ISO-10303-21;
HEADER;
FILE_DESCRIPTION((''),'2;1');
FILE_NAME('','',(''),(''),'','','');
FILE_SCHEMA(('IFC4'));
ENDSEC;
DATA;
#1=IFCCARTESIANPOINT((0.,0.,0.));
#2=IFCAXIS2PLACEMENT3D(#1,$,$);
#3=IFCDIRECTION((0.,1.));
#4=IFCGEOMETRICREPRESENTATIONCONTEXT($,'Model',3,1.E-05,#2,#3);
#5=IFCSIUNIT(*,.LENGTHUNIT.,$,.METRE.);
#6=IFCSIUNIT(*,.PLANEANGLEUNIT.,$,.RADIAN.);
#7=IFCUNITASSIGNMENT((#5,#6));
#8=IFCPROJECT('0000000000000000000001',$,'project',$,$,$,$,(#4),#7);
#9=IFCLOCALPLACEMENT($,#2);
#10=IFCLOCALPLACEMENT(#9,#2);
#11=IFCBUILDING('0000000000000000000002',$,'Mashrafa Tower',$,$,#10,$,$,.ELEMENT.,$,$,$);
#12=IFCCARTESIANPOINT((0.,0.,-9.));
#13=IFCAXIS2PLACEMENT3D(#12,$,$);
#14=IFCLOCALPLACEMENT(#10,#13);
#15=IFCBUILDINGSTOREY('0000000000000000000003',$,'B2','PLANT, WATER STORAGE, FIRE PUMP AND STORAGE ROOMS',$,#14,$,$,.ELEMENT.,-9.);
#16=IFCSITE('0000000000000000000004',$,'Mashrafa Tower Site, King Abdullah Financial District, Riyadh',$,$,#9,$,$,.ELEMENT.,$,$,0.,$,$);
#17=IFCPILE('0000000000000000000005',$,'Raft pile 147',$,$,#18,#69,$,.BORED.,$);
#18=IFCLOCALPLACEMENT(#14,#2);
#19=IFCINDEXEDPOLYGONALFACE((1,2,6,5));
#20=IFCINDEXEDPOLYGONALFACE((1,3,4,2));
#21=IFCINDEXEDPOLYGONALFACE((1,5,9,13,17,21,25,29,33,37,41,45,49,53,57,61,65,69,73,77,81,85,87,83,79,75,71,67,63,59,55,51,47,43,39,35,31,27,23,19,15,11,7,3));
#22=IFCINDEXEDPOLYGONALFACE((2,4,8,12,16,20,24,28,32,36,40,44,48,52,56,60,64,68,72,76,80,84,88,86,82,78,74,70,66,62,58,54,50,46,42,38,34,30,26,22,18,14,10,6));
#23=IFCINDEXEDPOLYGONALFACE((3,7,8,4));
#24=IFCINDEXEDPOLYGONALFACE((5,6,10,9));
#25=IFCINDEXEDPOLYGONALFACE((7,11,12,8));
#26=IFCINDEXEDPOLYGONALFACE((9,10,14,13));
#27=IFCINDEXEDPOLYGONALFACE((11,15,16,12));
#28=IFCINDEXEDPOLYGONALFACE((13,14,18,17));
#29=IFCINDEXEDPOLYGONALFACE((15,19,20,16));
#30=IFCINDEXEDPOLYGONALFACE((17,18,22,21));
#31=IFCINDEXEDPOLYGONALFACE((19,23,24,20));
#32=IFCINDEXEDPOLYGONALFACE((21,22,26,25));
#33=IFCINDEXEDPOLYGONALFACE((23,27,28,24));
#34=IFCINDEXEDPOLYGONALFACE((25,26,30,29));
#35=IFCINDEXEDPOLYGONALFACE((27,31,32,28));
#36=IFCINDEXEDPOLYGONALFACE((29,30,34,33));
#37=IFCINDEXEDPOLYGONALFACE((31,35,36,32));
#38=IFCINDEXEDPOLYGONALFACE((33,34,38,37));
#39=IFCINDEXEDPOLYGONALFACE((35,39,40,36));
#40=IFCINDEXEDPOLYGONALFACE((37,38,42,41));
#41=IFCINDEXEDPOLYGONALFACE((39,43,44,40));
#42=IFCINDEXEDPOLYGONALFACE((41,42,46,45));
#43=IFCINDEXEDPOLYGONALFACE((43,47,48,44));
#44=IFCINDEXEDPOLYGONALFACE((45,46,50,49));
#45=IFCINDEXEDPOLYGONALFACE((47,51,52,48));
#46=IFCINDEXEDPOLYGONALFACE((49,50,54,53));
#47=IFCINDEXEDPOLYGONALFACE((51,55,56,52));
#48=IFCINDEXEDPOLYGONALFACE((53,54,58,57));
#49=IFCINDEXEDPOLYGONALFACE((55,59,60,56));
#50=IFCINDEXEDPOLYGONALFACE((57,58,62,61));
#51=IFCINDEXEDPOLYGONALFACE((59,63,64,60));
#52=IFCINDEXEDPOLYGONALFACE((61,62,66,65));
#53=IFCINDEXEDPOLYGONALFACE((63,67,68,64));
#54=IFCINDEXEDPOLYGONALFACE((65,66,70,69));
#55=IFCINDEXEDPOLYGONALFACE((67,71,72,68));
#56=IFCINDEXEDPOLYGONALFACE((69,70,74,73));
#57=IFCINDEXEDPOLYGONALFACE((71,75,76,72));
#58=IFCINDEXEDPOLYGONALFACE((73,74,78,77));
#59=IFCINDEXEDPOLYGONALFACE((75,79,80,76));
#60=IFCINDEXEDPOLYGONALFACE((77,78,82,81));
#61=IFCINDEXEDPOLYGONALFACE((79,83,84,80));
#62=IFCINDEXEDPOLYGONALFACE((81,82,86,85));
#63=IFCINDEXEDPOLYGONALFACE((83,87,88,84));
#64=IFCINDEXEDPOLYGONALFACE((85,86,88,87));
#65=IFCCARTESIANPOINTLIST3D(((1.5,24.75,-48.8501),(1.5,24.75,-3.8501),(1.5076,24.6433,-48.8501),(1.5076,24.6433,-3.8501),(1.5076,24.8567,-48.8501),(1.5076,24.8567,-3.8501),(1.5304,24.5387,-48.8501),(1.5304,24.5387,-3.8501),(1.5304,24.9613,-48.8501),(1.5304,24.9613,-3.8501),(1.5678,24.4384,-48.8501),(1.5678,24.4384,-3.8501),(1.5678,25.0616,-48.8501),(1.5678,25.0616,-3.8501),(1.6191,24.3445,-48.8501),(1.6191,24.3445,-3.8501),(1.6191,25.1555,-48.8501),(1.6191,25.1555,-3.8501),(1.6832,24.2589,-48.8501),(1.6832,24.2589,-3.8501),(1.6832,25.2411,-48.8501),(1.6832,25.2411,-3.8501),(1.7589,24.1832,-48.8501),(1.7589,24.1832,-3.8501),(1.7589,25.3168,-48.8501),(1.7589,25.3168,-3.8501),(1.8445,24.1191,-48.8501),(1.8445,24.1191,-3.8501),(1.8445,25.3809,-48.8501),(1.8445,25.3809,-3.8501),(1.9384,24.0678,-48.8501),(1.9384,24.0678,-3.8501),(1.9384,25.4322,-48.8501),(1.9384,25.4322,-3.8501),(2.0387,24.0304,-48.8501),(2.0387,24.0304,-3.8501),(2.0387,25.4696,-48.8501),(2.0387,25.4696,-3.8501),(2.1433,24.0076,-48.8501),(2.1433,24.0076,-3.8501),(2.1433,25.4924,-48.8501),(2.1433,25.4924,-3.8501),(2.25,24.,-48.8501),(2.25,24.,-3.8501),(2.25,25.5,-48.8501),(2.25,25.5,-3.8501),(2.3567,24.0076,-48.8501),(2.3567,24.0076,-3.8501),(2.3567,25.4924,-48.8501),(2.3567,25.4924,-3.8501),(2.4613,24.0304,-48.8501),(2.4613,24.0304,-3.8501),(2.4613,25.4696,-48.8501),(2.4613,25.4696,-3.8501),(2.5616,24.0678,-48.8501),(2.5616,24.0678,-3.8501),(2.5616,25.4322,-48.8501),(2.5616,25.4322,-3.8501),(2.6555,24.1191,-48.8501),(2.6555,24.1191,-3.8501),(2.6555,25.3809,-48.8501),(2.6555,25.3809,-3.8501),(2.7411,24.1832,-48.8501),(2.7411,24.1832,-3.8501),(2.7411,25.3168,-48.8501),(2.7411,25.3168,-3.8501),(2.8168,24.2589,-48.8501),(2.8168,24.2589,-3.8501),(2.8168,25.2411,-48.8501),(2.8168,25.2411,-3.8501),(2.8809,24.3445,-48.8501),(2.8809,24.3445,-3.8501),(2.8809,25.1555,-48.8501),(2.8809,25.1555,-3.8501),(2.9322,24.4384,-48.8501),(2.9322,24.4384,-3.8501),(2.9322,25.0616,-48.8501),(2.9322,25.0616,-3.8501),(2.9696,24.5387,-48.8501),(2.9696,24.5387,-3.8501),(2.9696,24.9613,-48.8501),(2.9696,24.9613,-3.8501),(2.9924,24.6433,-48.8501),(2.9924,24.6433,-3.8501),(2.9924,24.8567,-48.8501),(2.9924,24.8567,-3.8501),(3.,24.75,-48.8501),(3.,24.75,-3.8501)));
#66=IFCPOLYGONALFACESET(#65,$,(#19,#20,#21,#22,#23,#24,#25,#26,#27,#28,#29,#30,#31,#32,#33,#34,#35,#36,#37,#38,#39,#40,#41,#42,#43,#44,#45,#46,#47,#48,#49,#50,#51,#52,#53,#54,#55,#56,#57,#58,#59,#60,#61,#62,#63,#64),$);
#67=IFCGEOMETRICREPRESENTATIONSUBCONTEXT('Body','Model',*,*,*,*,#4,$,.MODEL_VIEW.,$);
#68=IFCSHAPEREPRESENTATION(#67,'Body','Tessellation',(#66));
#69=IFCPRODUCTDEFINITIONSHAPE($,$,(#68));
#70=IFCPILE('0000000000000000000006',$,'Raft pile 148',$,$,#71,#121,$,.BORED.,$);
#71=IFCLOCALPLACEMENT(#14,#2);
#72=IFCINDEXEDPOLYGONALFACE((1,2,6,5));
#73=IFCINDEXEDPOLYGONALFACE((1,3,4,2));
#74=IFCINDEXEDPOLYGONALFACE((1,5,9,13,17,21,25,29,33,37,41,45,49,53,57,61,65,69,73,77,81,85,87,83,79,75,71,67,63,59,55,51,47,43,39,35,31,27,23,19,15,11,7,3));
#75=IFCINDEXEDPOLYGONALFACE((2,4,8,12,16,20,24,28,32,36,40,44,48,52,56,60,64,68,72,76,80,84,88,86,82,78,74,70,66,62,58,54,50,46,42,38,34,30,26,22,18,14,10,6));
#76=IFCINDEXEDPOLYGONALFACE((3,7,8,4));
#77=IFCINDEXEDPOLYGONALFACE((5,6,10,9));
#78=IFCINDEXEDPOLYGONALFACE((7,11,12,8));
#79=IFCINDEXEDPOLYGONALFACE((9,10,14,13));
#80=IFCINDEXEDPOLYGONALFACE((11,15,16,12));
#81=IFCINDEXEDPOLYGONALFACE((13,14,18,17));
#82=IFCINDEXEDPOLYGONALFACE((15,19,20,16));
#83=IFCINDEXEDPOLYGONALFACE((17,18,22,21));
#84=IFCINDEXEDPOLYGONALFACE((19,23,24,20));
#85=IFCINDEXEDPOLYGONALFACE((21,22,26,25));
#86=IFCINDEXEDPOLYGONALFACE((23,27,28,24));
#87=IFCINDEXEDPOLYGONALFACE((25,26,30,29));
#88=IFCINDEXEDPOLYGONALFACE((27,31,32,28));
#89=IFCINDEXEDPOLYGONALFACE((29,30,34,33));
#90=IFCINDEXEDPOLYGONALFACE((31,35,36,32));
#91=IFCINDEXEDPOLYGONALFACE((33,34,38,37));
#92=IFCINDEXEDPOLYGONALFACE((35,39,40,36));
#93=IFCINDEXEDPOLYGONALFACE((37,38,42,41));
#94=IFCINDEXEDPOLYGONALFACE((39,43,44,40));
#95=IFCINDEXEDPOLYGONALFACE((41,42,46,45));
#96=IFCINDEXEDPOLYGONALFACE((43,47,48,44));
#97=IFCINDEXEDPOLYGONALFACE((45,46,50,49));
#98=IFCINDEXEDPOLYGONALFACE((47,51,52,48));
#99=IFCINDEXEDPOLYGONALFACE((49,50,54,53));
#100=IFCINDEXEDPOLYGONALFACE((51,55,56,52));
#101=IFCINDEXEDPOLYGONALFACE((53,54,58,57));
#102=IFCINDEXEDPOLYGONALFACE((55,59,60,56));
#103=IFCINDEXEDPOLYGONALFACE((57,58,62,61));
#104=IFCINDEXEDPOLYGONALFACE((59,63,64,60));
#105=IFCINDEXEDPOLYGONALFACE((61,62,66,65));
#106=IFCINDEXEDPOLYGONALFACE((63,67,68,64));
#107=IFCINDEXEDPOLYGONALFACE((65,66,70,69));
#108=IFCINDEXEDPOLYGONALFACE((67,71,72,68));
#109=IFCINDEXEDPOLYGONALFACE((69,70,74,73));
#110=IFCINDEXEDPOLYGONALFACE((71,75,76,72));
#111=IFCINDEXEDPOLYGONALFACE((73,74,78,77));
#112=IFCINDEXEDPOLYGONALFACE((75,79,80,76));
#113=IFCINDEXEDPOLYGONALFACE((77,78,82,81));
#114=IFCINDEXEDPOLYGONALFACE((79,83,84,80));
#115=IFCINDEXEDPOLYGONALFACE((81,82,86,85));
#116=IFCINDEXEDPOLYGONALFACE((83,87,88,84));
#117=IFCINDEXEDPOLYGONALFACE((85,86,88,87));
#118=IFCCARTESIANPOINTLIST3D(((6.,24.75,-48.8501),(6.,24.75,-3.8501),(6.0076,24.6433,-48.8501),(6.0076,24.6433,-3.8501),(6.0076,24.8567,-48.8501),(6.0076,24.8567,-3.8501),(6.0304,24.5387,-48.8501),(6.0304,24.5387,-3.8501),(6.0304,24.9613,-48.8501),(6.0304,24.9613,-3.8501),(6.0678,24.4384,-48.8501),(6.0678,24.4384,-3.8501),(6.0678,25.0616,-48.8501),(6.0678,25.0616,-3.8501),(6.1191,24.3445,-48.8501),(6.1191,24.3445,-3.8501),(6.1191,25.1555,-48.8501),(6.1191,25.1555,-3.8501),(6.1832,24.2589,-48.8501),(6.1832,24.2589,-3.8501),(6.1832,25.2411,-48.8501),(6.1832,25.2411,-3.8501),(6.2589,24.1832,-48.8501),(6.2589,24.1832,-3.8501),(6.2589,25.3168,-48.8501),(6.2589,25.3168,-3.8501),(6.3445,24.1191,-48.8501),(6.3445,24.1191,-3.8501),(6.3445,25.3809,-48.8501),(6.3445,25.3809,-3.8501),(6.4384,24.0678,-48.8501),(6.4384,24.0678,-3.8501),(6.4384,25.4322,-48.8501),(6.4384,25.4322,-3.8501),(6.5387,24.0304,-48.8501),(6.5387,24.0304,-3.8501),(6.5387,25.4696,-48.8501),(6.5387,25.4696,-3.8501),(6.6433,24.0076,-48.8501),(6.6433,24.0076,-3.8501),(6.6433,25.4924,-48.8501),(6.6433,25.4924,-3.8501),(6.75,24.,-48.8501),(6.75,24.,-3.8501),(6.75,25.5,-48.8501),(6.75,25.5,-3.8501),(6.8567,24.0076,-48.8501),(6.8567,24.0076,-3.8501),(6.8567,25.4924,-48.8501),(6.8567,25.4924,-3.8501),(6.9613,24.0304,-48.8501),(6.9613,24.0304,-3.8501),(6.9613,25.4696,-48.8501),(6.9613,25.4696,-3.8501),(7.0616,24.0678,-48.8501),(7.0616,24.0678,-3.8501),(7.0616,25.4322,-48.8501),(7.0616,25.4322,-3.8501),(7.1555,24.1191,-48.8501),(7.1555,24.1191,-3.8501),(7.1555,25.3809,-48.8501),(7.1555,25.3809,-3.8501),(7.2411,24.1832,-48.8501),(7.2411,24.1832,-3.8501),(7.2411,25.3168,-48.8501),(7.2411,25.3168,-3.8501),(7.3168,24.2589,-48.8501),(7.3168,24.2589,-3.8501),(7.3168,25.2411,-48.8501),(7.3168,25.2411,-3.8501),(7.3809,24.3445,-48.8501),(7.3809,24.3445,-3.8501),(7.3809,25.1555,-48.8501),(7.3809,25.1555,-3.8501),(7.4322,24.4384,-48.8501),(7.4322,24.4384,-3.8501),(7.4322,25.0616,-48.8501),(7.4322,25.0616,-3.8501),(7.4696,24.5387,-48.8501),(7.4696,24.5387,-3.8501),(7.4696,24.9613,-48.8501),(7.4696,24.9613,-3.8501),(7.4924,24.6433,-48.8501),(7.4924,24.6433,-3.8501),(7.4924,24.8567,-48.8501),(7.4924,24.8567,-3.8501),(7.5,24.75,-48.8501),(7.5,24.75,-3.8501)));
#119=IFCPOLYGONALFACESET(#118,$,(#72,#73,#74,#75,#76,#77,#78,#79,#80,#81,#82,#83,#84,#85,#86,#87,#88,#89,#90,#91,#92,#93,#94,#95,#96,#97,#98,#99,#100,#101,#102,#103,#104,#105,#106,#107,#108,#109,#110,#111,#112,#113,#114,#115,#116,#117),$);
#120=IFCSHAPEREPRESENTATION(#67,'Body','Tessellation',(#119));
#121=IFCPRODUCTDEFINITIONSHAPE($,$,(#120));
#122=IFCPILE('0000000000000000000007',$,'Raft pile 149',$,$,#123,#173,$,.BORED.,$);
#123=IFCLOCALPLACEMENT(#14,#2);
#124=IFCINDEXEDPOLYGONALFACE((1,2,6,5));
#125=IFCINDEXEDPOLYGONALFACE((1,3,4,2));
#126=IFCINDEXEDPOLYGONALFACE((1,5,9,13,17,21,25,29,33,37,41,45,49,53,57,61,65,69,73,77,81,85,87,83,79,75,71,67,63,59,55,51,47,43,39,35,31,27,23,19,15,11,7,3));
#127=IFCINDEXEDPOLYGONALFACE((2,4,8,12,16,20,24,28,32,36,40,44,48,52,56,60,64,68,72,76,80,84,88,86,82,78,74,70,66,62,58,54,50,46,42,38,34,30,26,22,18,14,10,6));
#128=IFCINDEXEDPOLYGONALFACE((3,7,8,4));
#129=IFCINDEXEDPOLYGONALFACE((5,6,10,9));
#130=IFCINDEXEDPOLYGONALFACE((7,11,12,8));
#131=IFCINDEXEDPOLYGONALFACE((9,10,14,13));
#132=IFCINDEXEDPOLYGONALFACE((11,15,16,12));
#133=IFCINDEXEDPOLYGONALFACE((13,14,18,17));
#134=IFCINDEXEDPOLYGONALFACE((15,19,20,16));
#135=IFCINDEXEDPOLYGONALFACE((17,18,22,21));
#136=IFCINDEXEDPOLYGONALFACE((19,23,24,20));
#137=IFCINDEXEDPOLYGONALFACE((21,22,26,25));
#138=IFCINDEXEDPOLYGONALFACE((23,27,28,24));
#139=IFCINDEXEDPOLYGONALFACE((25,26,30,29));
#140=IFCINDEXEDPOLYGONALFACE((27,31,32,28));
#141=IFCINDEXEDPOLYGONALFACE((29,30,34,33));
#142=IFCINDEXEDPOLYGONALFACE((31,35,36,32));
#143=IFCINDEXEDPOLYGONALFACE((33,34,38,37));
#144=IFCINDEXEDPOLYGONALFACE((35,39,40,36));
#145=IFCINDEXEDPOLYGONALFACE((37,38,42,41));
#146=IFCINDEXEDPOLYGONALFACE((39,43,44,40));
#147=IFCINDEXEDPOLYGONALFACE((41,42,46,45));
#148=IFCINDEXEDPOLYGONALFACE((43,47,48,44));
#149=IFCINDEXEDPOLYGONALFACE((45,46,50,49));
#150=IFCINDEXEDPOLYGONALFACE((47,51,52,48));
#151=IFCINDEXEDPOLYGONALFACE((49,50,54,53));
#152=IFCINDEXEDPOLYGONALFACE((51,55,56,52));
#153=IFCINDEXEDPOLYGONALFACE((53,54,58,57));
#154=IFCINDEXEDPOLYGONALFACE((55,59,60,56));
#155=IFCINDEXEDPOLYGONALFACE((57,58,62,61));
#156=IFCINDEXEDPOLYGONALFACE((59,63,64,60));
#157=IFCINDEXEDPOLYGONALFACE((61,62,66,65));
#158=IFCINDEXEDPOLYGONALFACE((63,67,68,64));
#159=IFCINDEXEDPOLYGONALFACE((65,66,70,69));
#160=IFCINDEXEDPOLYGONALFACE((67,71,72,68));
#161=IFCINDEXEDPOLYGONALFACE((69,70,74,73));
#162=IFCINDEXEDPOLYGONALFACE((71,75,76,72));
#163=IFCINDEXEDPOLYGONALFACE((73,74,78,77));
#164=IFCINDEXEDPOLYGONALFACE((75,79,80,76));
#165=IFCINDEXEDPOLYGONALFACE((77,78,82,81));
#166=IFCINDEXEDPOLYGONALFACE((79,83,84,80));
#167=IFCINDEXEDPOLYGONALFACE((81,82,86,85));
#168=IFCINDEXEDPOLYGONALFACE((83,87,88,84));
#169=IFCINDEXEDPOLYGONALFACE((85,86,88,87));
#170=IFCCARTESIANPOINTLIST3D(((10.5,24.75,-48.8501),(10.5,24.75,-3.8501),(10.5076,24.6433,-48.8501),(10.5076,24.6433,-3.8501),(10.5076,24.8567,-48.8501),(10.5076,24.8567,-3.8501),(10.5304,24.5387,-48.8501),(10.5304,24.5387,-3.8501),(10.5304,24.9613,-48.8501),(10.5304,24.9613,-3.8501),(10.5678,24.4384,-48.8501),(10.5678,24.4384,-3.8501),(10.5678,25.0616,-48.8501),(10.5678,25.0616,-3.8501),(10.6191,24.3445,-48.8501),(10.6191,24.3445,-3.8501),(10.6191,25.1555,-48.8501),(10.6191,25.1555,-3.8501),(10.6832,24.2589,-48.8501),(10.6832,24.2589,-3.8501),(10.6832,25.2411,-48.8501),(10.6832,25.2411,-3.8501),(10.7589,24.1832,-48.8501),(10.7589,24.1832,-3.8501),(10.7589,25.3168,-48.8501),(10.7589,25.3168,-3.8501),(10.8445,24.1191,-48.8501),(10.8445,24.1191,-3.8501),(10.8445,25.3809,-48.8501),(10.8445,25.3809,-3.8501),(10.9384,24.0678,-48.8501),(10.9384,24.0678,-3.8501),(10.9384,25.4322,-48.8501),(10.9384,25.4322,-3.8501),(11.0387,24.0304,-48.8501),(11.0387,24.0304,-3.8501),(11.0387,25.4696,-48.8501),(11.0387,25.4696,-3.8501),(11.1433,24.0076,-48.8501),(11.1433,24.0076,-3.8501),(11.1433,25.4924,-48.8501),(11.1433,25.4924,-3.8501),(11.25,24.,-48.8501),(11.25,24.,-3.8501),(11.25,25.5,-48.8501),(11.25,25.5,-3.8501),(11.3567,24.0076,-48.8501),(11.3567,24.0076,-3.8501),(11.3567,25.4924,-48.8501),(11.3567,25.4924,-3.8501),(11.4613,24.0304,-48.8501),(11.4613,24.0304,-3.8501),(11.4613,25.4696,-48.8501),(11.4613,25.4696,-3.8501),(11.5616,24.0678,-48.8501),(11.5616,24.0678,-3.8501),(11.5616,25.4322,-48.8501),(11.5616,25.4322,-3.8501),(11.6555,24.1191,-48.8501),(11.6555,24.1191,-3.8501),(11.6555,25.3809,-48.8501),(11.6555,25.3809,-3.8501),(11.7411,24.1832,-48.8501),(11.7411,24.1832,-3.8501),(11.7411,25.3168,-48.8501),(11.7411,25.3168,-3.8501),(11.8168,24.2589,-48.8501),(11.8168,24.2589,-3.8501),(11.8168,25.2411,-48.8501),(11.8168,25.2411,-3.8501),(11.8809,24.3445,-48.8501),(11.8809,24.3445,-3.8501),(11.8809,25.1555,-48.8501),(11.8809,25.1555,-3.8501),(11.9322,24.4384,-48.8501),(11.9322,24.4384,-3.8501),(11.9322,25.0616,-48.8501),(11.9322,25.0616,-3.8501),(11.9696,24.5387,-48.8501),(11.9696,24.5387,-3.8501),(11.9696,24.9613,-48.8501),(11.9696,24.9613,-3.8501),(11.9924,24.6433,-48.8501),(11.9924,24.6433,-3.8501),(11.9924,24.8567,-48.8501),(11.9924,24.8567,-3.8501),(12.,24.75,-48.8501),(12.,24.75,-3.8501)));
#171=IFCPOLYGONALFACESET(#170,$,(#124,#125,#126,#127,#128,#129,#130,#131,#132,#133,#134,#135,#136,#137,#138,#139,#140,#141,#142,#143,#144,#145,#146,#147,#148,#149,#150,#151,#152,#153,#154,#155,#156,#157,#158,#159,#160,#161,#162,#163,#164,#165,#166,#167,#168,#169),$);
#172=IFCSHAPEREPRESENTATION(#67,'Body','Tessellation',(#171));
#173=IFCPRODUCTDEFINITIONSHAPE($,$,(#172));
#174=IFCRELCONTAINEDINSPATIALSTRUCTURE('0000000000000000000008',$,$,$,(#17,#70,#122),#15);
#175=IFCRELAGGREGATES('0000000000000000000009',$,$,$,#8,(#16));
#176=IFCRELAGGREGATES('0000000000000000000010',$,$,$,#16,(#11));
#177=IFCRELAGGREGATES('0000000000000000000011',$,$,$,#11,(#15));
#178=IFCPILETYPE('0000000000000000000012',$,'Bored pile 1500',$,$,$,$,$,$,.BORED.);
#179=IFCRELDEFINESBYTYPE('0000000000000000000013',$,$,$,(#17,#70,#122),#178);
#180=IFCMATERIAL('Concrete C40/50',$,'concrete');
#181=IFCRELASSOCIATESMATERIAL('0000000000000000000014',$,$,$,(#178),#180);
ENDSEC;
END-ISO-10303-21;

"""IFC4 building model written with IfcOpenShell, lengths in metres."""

from ifc_helpers import new_model, si_unit, direction, frame, origin, origin_2d, place, context, subcontext, project, spatial, circle, extrude, material, material_profile, profile_set, type_object, element, save


model = new_model("IFC4")

# Units and contexts
model_context = context("Model", 3, precision=1e-05, world=origin(), true_north=direction((0.0, 1.0)))
body_context = subcontext(model_context, "Body", "Model", "MODEL_VIEW")
ifc_project = project(units=[si_unit("LENGTHUNIT", "METRE"), si_unit("PLANEANGLEUNIT", "RADIAN")], contexts=[model_context])

# Site, building, storey
site_placement = place(None, origin())
site = spatial("IfcSite", under=ifc_project, at=site_placement, Name="Mashrafa Tower Site, King Abdullah Financial District, Riyadh", CompositionType="ELEMENT", RefElevation=0.0)
building_placement = place(site_placement, origin())
building = spatial("IfcBuilding", under=site, at=building_placement, Name="Mashrafa Tower", CompositionType="ELEMENT")
storey_placement = place(building_placement, frame((0.0, 0.0, -9.0)))
storey = spatial("IfcBuildingStorey", under=building, at=storey_placement, Name="B2", Description="PLANT, WATER STORAGE, FIRE PUMP AND STORAGE ROOMS", CompositionType="ELEMENT", Elevation=-9.0)

# Piles
ifc_material_1 = material(Name="Concrete C40/50", Category="concrete")
ifc_material_profile_1 = material_profile(ifc_material_1, circle(Radius=0.75, at=origin_2d()), Name="1500 DIA")
ifc_profile_set_1 = profile_set([ifc_material_profile_1], Name="Concrete C40/50")
pile_type_1 = type_object("IfcPileType", Name="Bored pile 1500", PredefinedType="BORED", material=ifc_profile_set_1)
for number, where, z_axis, x_axis, name in (
    (1, (2.25, 24.75, -3.8501), (0.0, 0.0, -1.0), (1.0, 0.0, 0.0), "Raft pile 147"),
    (2, (6.75, 24.75, -3.8501), (0.0, 0.0, -1.0), (1.0, 0.0, 0.0), "Raft pile 148"),
    (3, (11.25, 24.75, -3.8501), (0.0, 0.0, -1.0), (1.0, 0.0, 0.0), "Raft pile 149"),
):
    element("IfcPile", number, at=place(storey_placement, frame(where, z_axis=z_axis, x_axis=x_axis)), inside=storey, type_object=pile_type_1, Name=name, PredefinedType="BORED", context=body_context, shape_type="SweptSolid", body=[
        extrude(circle(Radius=0.75, at=origin_2d()), origin(), (0.0, 0.0, 1.0), 45.0),
    ])

save(model, "model.ifc")
